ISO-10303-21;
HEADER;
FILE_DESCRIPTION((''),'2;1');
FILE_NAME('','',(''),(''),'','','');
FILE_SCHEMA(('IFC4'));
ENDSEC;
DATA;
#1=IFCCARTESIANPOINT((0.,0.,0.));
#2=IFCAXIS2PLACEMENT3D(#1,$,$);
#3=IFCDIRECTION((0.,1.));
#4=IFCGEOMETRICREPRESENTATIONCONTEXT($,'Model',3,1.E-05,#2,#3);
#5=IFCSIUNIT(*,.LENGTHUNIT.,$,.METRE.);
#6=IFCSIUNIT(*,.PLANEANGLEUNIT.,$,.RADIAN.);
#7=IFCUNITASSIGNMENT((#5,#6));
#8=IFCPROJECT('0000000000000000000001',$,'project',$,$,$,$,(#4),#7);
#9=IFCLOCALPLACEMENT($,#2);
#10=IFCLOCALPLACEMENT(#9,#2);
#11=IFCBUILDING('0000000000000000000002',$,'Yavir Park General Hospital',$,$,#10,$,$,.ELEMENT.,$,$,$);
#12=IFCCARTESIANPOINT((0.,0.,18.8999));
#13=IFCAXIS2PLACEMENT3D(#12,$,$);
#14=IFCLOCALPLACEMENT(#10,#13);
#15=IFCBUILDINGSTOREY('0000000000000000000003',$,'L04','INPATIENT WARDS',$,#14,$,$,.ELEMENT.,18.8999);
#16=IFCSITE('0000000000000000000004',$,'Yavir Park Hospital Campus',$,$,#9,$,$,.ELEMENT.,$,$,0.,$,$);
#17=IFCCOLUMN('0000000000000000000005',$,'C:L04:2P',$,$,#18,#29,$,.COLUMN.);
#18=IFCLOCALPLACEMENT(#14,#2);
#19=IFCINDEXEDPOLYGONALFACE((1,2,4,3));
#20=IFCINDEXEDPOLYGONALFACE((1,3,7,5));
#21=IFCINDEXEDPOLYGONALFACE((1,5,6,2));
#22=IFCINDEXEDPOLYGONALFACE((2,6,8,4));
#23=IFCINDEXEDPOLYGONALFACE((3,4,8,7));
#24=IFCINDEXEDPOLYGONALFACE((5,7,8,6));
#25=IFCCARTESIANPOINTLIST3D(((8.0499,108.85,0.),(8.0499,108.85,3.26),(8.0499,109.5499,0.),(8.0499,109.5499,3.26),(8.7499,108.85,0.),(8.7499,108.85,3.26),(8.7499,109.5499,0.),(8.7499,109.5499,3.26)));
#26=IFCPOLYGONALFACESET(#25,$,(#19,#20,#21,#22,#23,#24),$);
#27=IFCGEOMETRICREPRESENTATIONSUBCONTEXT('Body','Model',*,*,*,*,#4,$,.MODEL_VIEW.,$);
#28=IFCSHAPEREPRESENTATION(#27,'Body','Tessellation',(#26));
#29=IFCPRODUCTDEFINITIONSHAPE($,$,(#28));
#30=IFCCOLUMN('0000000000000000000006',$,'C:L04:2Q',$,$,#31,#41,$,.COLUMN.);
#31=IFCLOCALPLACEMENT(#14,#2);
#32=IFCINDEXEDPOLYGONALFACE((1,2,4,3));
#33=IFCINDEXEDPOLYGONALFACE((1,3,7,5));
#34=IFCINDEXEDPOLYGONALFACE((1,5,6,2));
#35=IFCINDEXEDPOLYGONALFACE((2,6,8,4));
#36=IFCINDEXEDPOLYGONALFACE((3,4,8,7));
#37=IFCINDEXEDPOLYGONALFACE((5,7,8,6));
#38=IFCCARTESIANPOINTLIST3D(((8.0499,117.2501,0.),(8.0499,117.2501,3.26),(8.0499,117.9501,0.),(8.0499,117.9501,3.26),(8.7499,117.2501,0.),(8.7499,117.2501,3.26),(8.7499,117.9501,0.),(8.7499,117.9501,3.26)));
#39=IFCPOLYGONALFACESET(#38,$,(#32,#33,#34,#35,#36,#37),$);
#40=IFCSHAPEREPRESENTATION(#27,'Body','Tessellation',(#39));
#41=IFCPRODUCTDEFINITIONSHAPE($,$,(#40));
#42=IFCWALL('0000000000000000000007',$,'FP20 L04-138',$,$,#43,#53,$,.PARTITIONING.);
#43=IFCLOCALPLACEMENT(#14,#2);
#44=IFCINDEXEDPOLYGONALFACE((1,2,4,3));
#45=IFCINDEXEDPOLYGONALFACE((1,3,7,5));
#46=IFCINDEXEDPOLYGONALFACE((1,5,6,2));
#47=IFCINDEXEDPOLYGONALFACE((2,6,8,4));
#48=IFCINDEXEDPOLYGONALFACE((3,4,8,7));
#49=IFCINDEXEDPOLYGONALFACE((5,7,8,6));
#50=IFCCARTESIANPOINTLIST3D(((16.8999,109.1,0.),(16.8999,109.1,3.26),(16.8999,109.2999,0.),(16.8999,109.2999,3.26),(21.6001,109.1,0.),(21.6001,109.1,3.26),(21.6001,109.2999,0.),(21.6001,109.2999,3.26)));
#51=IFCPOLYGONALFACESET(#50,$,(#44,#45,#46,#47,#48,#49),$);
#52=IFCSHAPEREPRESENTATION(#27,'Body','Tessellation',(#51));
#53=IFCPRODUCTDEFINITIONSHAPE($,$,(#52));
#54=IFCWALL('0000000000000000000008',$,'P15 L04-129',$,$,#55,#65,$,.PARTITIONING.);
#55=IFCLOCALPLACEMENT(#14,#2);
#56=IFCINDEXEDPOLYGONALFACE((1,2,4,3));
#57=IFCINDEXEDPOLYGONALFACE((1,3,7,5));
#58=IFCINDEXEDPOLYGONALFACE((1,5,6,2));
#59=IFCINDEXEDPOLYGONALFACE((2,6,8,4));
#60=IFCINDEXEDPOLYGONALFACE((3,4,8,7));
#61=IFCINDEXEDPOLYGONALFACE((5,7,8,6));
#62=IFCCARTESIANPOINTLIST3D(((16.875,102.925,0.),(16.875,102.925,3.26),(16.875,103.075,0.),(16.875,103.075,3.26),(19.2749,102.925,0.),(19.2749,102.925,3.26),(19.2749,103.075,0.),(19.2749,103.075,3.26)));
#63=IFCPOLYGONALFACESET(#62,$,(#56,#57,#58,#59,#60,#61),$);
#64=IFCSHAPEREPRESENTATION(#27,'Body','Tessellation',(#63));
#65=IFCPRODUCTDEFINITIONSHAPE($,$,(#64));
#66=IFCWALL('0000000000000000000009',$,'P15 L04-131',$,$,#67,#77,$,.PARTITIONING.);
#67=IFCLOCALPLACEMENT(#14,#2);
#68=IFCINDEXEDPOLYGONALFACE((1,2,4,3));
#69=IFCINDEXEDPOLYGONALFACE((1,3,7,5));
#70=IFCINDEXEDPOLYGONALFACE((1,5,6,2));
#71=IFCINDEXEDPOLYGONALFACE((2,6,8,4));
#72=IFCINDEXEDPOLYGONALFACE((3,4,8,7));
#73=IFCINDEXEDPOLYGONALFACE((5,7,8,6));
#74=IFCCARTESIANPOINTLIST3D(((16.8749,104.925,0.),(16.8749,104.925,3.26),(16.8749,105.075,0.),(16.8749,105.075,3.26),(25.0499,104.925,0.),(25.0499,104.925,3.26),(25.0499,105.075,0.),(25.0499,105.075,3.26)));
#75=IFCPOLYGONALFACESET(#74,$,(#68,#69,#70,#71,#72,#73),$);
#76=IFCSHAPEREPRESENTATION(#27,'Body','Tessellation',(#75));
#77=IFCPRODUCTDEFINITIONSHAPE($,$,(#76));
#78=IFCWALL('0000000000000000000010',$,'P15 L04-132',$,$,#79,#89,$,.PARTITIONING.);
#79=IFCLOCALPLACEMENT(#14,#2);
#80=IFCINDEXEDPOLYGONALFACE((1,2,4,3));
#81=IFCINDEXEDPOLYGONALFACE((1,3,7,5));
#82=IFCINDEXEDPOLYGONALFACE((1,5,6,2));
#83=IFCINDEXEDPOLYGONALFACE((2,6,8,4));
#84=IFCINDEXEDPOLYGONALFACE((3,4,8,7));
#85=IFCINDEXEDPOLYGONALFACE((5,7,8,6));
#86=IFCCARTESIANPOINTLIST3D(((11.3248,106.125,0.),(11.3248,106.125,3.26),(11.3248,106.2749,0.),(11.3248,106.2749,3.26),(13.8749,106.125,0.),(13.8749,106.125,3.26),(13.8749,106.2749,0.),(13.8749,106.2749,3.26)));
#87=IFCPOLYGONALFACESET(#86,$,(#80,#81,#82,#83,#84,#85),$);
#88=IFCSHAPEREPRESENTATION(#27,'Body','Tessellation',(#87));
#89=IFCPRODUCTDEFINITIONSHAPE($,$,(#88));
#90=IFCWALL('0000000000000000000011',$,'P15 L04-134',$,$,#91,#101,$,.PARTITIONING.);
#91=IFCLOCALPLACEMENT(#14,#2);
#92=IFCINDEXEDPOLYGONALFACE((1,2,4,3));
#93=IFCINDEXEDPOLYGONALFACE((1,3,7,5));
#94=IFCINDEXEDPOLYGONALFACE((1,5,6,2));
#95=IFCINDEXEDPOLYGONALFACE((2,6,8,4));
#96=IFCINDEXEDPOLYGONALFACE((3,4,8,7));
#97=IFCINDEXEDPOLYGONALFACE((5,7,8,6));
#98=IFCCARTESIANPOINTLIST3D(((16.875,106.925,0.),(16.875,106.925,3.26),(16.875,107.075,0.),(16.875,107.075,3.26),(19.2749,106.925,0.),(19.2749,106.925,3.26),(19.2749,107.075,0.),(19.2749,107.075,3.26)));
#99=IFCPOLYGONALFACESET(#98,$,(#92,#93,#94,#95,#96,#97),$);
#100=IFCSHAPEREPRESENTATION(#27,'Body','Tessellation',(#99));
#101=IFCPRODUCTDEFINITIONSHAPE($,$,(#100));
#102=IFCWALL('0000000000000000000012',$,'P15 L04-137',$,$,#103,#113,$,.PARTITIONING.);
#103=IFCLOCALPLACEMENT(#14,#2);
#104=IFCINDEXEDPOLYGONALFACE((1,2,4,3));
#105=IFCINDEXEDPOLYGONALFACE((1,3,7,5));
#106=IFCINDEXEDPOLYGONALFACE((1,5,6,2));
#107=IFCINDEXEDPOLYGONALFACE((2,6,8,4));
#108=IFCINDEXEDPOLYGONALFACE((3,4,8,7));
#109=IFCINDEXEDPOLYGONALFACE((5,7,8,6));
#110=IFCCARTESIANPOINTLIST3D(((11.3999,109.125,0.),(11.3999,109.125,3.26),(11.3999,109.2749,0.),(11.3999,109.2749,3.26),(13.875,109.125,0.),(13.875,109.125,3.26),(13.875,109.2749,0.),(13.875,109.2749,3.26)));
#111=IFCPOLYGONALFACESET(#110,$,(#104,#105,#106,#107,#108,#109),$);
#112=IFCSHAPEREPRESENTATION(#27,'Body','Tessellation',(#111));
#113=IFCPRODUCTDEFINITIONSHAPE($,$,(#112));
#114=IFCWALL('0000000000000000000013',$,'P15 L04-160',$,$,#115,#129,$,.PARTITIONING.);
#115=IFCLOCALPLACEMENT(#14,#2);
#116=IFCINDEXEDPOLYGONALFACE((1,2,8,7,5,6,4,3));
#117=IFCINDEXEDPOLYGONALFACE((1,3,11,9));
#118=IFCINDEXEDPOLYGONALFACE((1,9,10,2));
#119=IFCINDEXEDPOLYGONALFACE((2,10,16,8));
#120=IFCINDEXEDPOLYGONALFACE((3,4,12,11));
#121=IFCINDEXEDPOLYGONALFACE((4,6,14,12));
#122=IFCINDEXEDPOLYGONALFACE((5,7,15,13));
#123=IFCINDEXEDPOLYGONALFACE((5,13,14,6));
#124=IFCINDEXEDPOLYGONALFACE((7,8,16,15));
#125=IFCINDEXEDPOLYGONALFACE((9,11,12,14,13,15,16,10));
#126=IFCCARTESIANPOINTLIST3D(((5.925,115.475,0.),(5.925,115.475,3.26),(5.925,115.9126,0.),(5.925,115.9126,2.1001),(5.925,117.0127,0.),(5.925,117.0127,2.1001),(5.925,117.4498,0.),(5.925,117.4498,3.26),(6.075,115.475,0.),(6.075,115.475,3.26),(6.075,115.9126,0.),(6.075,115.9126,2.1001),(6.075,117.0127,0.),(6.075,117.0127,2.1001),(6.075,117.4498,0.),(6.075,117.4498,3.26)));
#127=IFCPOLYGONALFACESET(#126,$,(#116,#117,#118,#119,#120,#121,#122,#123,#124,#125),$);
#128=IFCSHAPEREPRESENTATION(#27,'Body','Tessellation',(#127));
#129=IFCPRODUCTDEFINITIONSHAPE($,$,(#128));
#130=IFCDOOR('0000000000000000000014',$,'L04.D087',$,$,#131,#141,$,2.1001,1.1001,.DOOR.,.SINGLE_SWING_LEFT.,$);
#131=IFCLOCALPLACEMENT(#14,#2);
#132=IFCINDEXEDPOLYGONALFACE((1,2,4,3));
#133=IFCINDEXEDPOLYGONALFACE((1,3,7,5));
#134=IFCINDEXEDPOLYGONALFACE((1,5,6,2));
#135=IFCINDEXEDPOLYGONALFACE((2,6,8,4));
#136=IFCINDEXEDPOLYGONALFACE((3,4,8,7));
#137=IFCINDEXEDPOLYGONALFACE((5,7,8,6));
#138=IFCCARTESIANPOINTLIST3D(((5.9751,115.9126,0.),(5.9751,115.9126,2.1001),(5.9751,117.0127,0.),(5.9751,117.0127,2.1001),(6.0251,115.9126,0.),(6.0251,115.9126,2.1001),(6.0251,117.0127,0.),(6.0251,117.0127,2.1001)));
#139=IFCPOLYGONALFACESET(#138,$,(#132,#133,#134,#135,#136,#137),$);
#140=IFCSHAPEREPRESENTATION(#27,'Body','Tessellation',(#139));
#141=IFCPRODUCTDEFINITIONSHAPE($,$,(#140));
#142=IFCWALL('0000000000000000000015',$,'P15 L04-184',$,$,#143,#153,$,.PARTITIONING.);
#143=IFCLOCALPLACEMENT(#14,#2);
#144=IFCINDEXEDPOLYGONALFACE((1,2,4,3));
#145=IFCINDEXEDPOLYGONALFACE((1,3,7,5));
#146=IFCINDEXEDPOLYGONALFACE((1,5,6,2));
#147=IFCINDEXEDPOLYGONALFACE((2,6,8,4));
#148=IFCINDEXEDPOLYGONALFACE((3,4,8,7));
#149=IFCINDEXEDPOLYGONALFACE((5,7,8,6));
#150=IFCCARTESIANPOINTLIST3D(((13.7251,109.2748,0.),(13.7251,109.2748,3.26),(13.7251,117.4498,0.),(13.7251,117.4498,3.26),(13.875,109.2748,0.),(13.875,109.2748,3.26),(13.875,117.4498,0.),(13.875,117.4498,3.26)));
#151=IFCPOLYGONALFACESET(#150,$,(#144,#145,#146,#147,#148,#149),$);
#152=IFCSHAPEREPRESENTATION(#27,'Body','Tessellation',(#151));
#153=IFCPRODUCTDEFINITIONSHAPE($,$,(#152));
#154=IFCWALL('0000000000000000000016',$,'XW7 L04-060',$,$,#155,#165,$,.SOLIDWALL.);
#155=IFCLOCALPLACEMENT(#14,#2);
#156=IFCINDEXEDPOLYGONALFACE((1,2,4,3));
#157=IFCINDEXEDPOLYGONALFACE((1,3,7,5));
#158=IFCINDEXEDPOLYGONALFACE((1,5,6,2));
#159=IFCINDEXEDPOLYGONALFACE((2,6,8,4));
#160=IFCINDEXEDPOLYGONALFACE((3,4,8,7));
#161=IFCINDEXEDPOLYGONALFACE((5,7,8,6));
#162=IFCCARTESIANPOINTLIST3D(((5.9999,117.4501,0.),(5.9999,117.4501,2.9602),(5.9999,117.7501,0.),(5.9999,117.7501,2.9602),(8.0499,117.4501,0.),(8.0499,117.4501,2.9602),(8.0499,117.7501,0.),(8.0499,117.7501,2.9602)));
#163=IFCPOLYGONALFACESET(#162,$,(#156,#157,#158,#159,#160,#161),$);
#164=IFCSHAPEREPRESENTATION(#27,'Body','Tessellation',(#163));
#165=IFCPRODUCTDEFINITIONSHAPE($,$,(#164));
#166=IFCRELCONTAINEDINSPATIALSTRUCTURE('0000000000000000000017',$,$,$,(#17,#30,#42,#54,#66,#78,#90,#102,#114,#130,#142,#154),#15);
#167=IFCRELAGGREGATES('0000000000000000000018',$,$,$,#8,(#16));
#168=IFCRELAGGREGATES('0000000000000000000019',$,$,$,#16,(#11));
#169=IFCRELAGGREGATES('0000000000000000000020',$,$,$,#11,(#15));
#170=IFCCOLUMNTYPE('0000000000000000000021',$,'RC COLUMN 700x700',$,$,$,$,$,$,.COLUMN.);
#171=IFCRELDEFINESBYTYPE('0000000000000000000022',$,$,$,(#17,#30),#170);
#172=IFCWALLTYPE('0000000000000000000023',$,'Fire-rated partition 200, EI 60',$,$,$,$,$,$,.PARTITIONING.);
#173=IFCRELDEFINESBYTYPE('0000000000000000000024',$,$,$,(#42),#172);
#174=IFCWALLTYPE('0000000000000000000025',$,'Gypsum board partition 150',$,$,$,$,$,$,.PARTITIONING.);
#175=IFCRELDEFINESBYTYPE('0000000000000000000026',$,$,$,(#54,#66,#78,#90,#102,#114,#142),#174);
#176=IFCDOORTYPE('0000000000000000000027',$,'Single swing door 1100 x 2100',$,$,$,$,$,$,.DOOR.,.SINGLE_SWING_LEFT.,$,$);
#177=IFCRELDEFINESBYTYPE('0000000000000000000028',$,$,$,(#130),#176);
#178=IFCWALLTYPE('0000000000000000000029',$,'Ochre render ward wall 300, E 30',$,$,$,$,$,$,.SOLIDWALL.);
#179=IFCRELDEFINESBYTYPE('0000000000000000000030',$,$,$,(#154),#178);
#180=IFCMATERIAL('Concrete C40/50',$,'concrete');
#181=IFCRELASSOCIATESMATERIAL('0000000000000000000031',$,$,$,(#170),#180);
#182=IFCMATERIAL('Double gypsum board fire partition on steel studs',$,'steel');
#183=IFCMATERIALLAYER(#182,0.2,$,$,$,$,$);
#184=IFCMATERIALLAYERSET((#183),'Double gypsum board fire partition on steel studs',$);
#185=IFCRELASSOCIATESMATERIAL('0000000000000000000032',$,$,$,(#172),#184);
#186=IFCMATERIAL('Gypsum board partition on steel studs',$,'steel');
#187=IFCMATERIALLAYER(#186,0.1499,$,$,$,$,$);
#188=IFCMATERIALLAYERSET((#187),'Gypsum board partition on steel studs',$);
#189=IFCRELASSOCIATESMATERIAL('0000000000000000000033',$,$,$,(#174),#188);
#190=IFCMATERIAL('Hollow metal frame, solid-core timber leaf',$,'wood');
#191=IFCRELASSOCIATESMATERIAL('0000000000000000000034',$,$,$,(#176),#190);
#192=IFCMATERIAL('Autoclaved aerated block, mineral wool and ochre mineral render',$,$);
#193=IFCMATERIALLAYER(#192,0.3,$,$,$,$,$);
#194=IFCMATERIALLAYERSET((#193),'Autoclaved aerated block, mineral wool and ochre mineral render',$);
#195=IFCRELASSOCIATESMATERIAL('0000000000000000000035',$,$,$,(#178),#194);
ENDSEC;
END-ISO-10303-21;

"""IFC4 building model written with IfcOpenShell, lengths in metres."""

from ifc_helpers import new_model, si_unit, direction, frame, frame_2d, origin, origin_2d, place, context, subcontext, project, spatial, rectangle, extrude, material, layer, layer_set, material_profile, profile_set, type_object, element, fill, save


model = new_model("IFC4")

# Units and contexts
model_context = context("Model", 3, precision=1e-05, world=origin(), true_north=direction((0.0, 1.0)))
body_context = subcontext(model_context, "Body", "Model", "MODEL_VIEW")
ifc_project = project(units=[si_unit("LENGTHUNIT", "METRE"), si_unit("PLANEANGLEUNIT", "RADIAN")], contexts=[model_context])

# Site, building, storey
site_placement = place(None, origin())
site = spatial("IfcSite", under=ifc_project, at=site_placement, Name="Yavir Park Hospital Campus", CompositionType="ELEMENT", RefElevation=0.0)
building_placement = place(site_placement, origin())
building = spatial("IfcBuilding", under=site, at=building_placement, Name="Yavir Park General Hospital", CompositionType="ELEMENT")
storey_placement = place(building_placement, frame((0.0, 0.0, 18.8999)))
storey = spatial("IfcBuildingStorey", under=building, at=storey_placement, Name="L04", Description="INPATIENT WARDS", CompositionType="ELEMENT", Elevation=18.8999)

# Columns
ifc_material_1 = material(Name="Concrete C40/50", Category="concrete")
ifc_material_profile = material_profile(ifc_material_1, rectangle(XDim=0.7, YDim=0.7, at=origin_2d()), Name="RC700x700")
ifc_profile_set = profile_set([ifc_material_profile], Name="Concrete C40/50")
column_type = type_object("IfcColumnType", Name="RC COLUMN 700x700", PredefinedType="COLUMN", material=ifc_profile_set)
for number, where, z_axis, x_axis, name in (
    (1, (8.3999, 109.2, 0.0), (0.0, 0.0, 1.0), (1.0, 0.0, 0.0), "C:L04:2P"),
    (2, (8.3999, 117.6001, 0.0), (0.0, 0.0, 1.0), (1.0, 0.0, 0.0), "C:L04:2Q"),
):
    element("IfcColumn", number, at=place(storey_placement, frame(where, z_axis=z_axis, x_axis=x_axis)), inside=storey, type_object=column_type, Name=name, PredefinedType="COLUMN", context=body_context, shape_type="SweptSolid", body=[
        extrude(rectangle(XDim=0.7, YDim=0.7, at=origin_2d()), origin(), (0.0, 0.0, 1.0), 3.26),
    ])

# Wall
ifc_material_2 = material(Name="Double gypsum board fire partition on steel studs", Category="steel")
ifc_layer_1 = layer(ifc_material_2, 0.2)
ifc_layer_set_1 = layer_set([ifc_layer_1], Name="Double gypsum board fire partition on steel studs")
wall_type_1 = type_object("IfcWallType", Name="Fire-rated partition 200, EI 60", PredefinedType="PARTITIONING", material=ifc_layer_set_1)
wall_1_placement = place(storey_placement, frame((16.8999, 109.2, 0.0), z_axis=(0.0, 0.0, 1.0), x_axis=(1.0, 0.0, 0.0)))
element("IfcWall", 3, at=wall_1_placement, inside=storey, type_object=wall_type_1, Name="FP20 L04-138", PredefinedType="PARTITIONING", context=body_context, shape_type="SweptSolid", body=[
    extrude(rectangle(XDim=4.7002, YDim=0.2, at=frame_2d((2.3501, 0.0))), origin(), (0.0, 0.0, 1.0), 3.26),
])

# Walls
ifc_material_3 = material(Name="Gypsum board partition on steel studs", Category="steel")
ifc_layer_2 = layer(ifc_material_3, 0.1499)
ifc_layer_set_2 = layer_set([ifc_layer_2], Name="Gypsum board partition on steel studs")
wall_type_2 = type_object("IfcWallType", Name="Gypsum board partition 150", PredefinedType="PARTITIONING", material=ifc_layer_set_2)
wall_2_placement = place(storey_placement, frame((16.875, 103.0, 0.0), z_axis=(0.0, 0.0, 1.0), x_axis=(1.0, 0.0, 0.0)))
element("IfcWall", 4, at=wall_2_placement, inside=storey, type_object=wall_type_2, Name="P15 L04-129", PredefinedType="PARTITIONING", context=body_context, shape_type="SweptSolid", body=[
    extrude(rectangle(XDim=2.3999, YDim=0.1499, at=frame_2d((1.2, 0.0))), origin(), (0.0, 0.0, 1.0), 3.26),
])
wall_3_placement = place(storey_placement, frame((16.875, 105.0, 0.0), z_axis=(0.0, 0.0, 1.0), x_axis=(1.0, 0.0, 0.0)))
element("IfcWall", 5, at=wall_3_placement, inside=storey, type_object=wall_type_2, Name="P15 L04-131", PredefinedType="PARTITIONING", context=body_context, shape_type="SweptSolid", body=[
    extrude(rectangle(XDim=8.175, YDim=0.1499, at=frame_2d((4.0874, 0.0))), origin(), (0.0, 0.0, 1.0), 3.26),
])
wall_4_placement = place(storey_placement, frame((11.325, 106.2, 0.0), z_axis=(0.0, 0.0, 1.0), x_axis=(1.0, 0.0, 0.0)))
element("IfcWall", 6, at=wall_4_placement, inside=storey, type_object=wall_type_2, Name="P15 L04-132", PredefinedType="PARTITIONING", context=body_context, shape_type="SweptSolid", body=[
    extrude(rectangle(XDim=2.55, YDim=0.1499, at=frame_2d((1.2749, 0.0))), origin(), (0.0, 0.0, 1.0), 3.26),
])
wall_5_placement = place(storey_placement, frame((16.875, 107.0, 0.0), z_axis=(0.0, 0.0, 1.0), x_axis=(1.0, 0.0, 0.0)))
element("IfcWall", 7, at=wall_5_placement, inside=storey, type_object=wall_type_2, Name="P15 L04-134", PredefinedType="PARTITIONING", context=body_context, shape_type="SweptSolid", body=[
    extrude(rectangle(XDim=2.3999, YDim=0.1499, at=frame_2d((1.2, 0.0))), origin(), (0.0, 0.0, 1.0), 3.26),
])
wall_6_placement = place(storey_placement, frame((11.3999, 109.2, 0.0), z_axis=(0.0, 0.0, 1.0), x_axis=(1.0, 0.0, 0.0)))
element("IfcWall", 8, at=wall_6_placement, inside=storey, type_object=wall_type_2, Name="P15 L04-137", PredefinedType="PARTITIONING", context=body_context, shape_type="SweptSolid", body=[
    extrude(rectangle(XDim=2.4751, YDim=0.1499, at=frame_2d((1.2375, 0.0))), origin(), (0.0, 0.0, 1.0), 3.26),
])

# Wall, opening, door
wall_7_placement = place(storey_placement, frame((6.0, 115.4751, 0.0), z_axis=(0.0, 0.0, 1.0), x_axis=(0.0, 1.0, 0.0)))
wall_7 = element("IfcWall", 9, at=wall_7_placement, inside=storey, type_object=wall_type_2, Name="P15 L04-160", PredefinedType="PARTITIONING", context=body_context, shape_type="SweptSolid", body=[
    extrude(rectangle(XDim=1.9749, YDim=0.1499, at=frame_2d((0.9873, 0.0))), origin(), (0.0, 0.0, 1.0), 3.26),
])
opening_1_placement = place(wall_7_placement, frame((0.4375, 0.0, 0.0)))
opening_1 = element("IfcOpeningElement", 10, at=opening_1_placement, cuts=wall_7, PredefinedType="OPENING", context=body_context, shape_type="SweptSolid", body=[
    extrude(rectangle(XDim=1.1001, YDim=2.1001, at=frame_2d((0.55, 1.05))), frame((0.0, 0.085, 0.0), z_axis=(0.0, -1.0, 0.0), x_axis=(1.0, 0.0, 0.0)), (0.0, 0.0, 1.0), 0.1699),
])
ifc_material_4 = material(Name="Hollow metal frame, solid-core timber leaf", Category="wood")
door_type_1 = type_object("IfcDoorType", Name="Single swing door 1100 x 2100", OperationType="SINGLE_SWING_LEFT", PredefinedType="DOOR", material=ifc_material_4)
door_1_placement = place(opening_1_placement, origin())
door_1 = element("IfcDoor", 11, at=door_1_placement, inside=storey, type_object=door_type_1, Name="L04.D087", OperationType="SINGLE_SWING_LEFT", OverallHeight=2.1001, OverallWidth=1.1001, PredefinedType="DOOR", context=body_context, shape_type="SweptSolid", body=[
    extrude(rectangle(XDim=1.1001, YDim=2.1001, at=frame_2d((0.55, 1.05))), frame((0.0, 0.0249, 0.0), z_axis=(0.0, -1.0, 0.0), x_axis=(1.0, 0.0, 0.0)), (0.0, 0.0, 1.0), 0.05),
])
fill(opening_1, door_1)

# Walls
wall_8_placement = place(storey_placement, frame((13.8, 109.2749, 0.0), z_axis=(0.0, 0.0, 1.0), x_axis=(0.0, 1.0, 0.0)))
element("IfcWall", 12, at=wall_8_placement, inside=storey, type_object=wall_type_2, Name="P15 L04-184", PredefinedType="PARTITIONING", context=body_context, shape_type="SweptSolid", body=[
    extrude(rectangle(XDim=8.175, YDim=0.1499, at=frame_2d((4.0874, 0.0))), origin(), (0.0, 0.0, 1.0), 3.26),
])
ifc_material_5 = material(Name="Autoclaved aerated block, mineral wool and ochre mineral render")
ifc_layer_3 = layer(ifc_material_5, 0.3)
ifc_layer_set_3 = layer_set([ifc_layer_3], Name="Autoclaved aerated block, mineral wool and ochre mineral render")
wall_type_3 = type_object("IfcWallType", Name="Ochre render ward wall 300, E 30", PredefinedType="SOLIDWALL", material=ifc_layer_set_3)
wall_9_placement = place(storey_placement, frame((6.0, 117.6001, 0.0), z_axis=(0.0, 0.0, 1.0), x_axis=(1.0, 0.0, 0.0)))
element("IfcWall", 13, at=wall_9_placement, inside=storey, type_object=wall_type_3, Name="XW7 L04-060", PredefinedType="SOLIDWALL", context=body_context, shape_type="SweptSolid", body=[
    extrude(rectangle(XDim=2.05, YDim=0.3, at=frame_2d((1.0249, 0.0))), origin(), (0.0, 0.0, 1.0), 2.9602),
])

save(model, "model.ifc")
